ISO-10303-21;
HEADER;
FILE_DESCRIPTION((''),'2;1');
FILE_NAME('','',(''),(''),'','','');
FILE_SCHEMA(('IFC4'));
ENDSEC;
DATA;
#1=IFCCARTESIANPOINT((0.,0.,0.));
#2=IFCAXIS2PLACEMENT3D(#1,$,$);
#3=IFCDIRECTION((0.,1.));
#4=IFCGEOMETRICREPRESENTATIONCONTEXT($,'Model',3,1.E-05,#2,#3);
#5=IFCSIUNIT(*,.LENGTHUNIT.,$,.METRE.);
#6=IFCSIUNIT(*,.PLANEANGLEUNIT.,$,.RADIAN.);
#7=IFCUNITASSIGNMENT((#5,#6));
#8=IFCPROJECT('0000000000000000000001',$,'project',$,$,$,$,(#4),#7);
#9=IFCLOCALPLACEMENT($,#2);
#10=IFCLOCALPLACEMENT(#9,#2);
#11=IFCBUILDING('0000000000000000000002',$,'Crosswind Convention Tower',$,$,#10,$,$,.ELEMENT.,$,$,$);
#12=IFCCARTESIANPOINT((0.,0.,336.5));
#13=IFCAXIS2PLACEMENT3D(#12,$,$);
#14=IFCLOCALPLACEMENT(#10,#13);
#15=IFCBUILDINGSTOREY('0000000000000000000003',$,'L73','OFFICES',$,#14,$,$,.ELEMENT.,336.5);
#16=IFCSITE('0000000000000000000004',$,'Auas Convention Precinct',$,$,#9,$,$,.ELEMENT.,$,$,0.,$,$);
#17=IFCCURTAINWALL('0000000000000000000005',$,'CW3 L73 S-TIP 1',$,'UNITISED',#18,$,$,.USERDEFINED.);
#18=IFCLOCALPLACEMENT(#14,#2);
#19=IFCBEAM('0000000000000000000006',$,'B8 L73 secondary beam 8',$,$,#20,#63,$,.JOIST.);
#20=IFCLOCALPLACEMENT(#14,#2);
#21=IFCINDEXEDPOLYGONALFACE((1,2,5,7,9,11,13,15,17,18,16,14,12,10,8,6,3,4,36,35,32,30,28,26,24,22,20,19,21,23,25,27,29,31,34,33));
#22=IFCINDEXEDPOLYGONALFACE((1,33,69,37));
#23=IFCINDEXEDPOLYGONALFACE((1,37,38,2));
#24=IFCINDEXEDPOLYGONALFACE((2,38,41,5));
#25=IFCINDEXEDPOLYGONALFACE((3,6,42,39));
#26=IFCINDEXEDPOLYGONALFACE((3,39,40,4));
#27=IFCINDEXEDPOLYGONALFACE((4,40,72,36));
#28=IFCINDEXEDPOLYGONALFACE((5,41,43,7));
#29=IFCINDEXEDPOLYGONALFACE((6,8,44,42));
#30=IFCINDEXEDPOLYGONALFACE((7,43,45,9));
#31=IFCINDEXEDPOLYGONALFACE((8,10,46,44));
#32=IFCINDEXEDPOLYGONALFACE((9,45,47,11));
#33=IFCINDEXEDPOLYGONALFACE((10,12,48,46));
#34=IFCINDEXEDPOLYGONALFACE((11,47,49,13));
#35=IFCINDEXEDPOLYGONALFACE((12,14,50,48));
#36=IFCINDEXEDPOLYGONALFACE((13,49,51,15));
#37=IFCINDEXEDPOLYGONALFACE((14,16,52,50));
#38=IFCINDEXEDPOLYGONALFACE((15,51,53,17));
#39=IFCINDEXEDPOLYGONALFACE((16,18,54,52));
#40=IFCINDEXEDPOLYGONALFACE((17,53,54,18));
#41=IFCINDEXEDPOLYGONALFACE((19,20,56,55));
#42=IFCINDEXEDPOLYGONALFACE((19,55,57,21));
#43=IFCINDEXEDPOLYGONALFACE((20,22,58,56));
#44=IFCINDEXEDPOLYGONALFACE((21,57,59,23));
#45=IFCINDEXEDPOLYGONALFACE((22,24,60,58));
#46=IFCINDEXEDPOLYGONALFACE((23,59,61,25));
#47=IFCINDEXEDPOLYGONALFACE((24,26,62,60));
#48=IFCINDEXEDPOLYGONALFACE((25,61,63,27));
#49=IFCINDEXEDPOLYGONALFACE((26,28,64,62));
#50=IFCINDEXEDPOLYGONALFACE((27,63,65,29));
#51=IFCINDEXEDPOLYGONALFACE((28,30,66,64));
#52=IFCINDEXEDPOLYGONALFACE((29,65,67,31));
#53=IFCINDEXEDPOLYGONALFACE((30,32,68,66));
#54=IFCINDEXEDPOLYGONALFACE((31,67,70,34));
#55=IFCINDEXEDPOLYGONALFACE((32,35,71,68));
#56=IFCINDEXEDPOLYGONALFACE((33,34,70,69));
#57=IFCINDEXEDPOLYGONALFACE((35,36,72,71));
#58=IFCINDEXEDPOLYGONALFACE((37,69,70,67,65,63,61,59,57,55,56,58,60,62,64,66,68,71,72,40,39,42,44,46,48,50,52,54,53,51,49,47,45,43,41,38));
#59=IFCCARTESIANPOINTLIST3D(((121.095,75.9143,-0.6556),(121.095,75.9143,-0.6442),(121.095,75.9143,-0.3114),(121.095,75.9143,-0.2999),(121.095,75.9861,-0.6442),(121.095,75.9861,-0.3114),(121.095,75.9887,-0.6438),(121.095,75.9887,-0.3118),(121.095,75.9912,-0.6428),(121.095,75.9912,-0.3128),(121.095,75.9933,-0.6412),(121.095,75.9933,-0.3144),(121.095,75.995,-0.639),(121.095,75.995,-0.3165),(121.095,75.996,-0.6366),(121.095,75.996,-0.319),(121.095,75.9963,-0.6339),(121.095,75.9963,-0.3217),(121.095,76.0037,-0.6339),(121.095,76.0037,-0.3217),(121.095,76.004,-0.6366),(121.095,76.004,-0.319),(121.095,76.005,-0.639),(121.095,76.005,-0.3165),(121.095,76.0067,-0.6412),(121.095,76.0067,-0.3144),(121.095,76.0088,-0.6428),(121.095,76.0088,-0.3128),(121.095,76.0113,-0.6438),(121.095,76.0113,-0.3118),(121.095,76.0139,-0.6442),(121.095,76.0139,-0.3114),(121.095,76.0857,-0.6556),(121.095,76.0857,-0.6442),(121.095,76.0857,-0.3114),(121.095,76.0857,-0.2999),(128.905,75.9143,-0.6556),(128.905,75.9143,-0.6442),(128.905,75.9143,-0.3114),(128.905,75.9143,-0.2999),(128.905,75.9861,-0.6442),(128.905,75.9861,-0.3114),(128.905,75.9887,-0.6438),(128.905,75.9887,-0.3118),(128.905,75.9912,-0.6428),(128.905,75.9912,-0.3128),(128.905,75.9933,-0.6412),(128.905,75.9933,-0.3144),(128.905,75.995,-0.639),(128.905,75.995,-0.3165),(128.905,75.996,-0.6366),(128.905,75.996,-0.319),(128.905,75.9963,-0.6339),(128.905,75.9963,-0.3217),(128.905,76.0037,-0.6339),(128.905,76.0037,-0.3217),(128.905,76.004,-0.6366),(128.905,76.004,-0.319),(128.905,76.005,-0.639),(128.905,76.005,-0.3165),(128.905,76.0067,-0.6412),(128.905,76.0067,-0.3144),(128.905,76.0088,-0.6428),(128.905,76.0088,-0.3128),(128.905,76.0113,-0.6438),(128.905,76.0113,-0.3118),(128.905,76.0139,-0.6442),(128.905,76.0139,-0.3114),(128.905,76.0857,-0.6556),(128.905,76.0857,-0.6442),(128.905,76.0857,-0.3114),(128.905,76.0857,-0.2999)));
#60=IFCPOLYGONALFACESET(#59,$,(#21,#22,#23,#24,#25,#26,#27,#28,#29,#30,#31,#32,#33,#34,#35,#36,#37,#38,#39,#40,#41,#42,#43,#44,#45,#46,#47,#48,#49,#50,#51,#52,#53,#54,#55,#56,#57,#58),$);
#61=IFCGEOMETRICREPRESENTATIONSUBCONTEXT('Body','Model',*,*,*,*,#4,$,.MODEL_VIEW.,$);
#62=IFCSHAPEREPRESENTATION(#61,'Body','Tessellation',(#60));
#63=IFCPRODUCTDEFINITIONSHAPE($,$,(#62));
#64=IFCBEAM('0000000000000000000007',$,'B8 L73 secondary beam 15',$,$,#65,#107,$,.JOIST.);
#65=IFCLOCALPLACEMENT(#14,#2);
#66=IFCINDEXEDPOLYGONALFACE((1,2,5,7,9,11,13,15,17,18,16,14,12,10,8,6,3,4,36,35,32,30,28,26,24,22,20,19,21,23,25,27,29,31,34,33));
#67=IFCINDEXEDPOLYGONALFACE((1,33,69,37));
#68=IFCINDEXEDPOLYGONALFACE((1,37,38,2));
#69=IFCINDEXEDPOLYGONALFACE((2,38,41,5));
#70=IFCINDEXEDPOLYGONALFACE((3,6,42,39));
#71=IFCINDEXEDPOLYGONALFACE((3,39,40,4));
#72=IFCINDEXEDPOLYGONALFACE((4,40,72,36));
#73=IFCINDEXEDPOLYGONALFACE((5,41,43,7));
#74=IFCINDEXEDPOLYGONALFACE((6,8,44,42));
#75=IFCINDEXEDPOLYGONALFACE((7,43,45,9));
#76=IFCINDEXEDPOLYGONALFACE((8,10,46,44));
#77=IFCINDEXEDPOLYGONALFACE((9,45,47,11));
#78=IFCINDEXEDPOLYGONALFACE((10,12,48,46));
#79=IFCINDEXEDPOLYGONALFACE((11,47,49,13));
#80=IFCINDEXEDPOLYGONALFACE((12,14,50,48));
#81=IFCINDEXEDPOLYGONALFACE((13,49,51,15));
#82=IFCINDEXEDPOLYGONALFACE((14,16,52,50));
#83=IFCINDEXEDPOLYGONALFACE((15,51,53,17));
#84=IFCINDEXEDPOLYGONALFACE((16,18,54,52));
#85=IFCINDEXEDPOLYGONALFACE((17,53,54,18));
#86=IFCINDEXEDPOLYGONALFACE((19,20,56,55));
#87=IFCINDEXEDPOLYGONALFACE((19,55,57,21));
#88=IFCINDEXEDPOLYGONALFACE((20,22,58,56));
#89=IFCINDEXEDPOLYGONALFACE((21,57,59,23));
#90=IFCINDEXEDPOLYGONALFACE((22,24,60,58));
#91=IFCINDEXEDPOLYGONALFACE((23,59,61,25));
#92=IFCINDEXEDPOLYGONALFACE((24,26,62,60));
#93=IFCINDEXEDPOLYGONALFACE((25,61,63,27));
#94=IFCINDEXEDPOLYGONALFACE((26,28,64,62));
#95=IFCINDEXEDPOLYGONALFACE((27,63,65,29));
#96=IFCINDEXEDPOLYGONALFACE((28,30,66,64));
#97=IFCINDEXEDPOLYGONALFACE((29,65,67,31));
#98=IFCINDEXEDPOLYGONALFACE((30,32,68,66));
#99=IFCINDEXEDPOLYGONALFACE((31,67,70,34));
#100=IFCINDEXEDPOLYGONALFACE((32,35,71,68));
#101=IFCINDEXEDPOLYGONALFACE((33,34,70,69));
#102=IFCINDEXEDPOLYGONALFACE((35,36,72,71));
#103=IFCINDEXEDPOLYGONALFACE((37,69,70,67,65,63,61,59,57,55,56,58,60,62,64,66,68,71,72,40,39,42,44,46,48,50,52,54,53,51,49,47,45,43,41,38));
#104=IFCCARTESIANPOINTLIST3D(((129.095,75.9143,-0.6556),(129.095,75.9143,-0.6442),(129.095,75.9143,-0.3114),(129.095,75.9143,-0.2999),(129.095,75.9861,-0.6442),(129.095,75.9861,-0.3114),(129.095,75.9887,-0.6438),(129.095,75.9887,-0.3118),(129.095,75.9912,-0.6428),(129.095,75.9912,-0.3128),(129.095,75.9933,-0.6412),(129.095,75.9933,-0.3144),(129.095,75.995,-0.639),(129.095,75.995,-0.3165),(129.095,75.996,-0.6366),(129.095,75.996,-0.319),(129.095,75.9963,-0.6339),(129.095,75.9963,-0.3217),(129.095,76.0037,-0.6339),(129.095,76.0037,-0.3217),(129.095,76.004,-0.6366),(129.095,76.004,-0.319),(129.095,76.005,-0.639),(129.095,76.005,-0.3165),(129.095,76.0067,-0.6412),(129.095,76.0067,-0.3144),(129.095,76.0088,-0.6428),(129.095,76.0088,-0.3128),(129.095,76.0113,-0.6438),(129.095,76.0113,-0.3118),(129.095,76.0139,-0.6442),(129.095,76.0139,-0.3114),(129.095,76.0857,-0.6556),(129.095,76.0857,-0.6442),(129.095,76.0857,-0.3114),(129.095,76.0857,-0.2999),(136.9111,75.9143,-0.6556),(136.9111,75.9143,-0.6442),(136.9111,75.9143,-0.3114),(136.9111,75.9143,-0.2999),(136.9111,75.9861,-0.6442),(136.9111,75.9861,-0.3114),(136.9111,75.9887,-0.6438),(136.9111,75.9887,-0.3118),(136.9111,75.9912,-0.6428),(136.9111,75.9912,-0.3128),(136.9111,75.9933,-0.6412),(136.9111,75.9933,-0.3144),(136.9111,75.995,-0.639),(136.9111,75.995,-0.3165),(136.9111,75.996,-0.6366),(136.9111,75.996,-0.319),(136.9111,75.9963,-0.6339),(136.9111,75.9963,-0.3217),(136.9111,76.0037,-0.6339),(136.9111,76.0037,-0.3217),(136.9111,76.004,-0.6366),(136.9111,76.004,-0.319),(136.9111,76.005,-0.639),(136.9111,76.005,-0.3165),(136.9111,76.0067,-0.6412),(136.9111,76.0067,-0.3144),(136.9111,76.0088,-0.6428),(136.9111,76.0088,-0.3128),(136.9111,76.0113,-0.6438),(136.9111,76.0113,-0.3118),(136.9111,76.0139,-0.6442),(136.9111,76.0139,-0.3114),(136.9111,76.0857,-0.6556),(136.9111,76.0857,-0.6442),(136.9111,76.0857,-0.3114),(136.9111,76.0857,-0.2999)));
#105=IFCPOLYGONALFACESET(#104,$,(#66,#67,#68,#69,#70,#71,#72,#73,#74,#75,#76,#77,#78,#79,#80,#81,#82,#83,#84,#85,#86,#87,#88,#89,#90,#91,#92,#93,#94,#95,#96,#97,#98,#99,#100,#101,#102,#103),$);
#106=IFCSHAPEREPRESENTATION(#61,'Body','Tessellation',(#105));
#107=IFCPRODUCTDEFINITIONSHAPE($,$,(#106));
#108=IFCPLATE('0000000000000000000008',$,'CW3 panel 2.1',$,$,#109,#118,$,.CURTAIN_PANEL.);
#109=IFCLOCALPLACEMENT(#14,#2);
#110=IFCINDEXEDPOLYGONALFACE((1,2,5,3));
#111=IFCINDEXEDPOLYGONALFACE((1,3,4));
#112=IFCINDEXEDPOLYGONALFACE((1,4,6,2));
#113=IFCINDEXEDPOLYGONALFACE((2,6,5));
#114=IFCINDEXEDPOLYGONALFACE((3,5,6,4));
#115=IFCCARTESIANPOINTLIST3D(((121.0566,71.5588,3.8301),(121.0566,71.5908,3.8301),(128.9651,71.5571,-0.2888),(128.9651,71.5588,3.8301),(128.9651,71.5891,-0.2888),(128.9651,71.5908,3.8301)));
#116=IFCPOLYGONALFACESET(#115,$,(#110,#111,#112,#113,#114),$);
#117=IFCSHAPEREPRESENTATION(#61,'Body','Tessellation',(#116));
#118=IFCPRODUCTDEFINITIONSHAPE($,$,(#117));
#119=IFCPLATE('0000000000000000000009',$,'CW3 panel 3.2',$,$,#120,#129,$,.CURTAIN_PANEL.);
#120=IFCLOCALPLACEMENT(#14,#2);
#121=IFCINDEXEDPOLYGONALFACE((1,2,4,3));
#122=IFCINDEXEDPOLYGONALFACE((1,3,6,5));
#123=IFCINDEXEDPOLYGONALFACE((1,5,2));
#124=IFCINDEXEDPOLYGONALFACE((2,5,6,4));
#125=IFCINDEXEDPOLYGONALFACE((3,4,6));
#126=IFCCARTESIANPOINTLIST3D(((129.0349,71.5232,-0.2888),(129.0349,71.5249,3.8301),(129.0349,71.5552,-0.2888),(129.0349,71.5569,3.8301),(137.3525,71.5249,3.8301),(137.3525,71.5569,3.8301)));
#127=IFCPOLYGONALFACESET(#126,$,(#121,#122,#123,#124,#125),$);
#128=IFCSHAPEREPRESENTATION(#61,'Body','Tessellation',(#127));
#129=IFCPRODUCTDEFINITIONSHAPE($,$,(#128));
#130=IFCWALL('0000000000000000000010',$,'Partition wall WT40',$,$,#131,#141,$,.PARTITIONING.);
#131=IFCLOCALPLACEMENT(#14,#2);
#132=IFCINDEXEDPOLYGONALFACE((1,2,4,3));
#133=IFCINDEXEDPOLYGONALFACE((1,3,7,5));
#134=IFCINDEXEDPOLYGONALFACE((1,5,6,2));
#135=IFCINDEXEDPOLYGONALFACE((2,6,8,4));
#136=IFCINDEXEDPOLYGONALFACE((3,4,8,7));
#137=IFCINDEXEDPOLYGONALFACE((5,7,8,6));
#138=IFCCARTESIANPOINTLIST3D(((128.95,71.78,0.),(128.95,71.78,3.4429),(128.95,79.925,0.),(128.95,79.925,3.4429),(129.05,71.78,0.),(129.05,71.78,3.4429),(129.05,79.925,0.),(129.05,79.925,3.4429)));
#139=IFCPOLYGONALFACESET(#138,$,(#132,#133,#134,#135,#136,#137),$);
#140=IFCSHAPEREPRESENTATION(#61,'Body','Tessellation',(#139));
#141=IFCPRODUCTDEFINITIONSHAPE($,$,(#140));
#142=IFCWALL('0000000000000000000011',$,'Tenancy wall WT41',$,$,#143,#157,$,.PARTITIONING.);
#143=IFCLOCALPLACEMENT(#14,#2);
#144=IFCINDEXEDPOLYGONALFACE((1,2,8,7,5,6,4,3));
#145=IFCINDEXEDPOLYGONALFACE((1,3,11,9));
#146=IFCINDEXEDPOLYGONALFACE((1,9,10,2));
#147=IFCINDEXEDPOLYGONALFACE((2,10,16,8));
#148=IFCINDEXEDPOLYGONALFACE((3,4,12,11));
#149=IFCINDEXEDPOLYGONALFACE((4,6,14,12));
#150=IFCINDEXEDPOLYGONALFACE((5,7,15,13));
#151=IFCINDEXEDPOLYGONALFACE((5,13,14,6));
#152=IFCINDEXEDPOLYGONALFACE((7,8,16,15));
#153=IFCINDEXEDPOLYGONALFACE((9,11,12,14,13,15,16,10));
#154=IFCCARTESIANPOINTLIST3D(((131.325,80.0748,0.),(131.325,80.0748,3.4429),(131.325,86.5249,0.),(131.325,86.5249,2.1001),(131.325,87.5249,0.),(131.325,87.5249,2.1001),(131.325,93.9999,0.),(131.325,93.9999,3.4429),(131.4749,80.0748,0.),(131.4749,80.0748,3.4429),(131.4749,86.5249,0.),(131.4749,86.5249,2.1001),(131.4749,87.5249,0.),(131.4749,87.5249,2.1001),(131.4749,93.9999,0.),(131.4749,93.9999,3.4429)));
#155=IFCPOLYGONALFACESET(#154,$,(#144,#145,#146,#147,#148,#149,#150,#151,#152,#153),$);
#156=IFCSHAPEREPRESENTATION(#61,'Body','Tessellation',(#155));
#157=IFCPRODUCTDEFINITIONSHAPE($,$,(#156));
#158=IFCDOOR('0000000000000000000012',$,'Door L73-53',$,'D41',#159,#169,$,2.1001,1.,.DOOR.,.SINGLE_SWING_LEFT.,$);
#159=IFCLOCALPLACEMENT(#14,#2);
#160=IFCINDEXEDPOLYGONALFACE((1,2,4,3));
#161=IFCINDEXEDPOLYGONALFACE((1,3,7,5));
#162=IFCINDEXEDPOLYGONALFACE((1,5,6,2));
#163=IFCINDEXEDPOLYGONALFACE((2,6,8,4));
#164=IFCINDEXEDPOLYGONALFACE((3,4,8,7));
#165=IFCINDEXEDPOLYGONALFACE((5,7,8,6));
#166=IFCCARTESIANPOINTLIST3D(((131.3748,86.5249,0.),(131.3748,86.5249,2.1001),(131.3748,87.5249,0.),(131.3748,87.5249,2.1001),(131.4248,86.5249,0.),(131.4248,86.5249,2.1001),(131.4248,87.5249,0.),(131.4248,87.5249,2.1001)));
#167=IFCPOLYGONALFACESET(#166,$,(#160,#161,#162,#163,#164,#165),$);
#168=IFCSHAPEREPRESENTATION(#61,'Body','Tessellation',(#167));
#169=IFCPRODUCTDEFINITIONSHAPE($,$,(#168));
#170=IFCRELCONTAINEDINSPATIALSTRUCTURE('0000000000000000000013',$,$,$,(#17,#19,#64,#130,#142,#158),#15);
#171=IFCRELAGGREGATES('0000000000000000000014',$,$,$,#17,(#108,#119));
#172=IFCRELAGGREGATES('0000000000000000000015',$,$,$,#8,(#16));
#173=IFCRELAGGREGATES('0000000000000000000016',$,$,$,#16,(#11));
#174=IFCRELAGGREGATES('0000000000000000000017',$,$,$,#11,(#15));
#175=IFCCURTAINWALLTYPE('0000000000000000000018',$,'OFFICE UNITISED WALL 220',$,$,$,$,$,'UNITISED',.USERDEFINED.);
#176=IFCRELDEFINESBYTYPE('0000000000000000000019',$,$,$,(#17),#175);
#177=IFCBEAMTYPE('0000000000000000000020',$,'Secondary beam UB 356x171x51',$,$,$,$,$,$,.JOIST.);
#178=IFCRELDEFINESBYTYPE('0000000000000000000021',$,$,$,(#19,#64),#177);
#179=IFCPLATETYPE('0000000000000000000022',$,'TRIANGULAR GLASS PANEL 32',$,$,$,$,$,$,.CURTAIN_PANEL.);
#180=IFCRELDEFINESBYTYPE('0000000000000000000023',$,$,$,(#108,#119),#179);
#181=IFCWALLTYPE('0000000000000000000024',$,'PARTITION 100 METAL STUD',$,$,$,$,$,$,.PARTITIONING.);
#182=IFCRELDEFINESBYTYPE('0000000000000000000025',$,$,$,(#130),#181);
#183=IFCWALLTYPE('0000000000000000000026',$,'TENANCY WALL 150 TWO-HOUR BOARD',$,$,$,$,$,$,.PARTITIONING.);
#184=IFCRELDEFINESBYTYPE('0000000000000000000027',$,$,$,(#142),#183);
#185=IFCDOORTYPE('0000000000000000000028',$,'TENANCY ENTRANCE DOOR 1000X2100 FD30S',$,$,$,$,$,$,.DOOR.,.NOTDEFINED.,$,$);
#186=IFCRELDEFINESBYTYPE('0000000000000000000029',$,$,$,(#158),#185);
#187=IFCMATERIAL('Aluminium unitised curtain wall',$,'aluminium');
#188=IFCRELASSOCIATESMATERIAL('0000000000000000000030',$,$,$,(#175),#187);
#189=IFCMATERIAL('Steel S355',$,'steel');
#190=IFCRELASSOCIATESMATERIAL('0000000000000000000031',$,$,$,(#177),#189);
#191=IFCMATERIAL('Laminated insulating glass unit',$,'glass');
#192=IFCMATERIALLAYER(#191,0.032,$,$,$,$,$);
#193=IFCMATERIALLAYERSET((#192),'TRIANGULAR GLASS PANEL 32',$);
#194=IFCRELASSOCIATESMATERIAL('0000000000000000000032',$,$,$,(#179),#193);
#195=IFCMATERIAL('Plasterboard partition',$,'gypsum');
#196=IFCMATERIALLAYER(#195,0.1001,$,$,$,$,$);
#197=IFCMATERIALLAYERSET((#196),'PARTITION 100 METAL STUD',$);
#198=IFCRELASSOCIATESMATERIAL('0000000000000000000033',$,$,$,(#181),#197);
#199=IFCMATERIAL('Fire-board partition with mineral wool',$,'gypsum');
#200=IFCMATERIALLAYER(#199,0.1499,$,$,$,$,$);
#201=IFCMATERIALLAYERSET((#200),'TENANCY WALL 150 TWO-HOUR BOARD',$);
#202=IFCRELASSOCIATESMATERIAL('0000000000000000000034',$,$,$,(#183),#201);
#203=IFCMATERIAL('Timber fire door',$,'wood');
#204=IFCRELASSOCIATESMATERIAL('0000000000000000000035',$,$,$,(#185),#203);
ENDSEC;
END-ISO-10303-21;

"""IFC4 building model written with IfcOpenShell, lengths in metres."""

from ifc_helpers import new_model, si_unit, direction, frame, frame_2d, origin, origin_2d, place, context, subcontext, project, spatial, polyline, rectangle, i_section, outline, extrude, material, layer, layer_set, material_profile, profile_set, type_object, element, fill, aggregate, save


model = new_model("IFC4")

# Units and contexts
model_context = context("Model", 3, precision=1e-05, world=origin(), true_north=direction((0.0, 1.0)))
body_context = subcontext(model_context, "Body", "Model", "MODEL_VIEW")
ifc_project = project(units=[si_unit("LENGTHUNIT", "METRE"), si_unit("PLANEANGLEUNIT", "RADIAN")], contexts=[model_context])

# Site, building, storey
site_placement = place(None, origin())
site = spatial("IfcSite", under=ifc_project, at=site_placement, Name="Auas Convention Precinct", CompositionType="ELEMENT", RefElevation=0.0)
building_placement = place(site_placement, origin())
building = spatial("IfcBuilding", under=site, at=building_placement, Name="Crosswind Convention Tower", CompositionType="ELEMENT")
storey_placement = place(building_placement, frame((0.0, 0.0, 336.5)))
storey = spatial("IfcBuildingStorey", under=building, at=storey_placement, Name="L73", Description="OFFICES", CompositionType="ELEMENT", Elevation=336.5)

# Shared definitions
ifc_material_1 = material(Name="Steel S355", Category="steel")

# Curtain wall
ifc_material_2 = material(Name="Aluminium unitised curtain wall", Category="aluminium")
curtain_wall_type = type_object("IfcCurtainWallType", Name="OFFICE UNITISED WALL 220", ElementType="UNITISED", PredefinedType="USERDEFINED", material=ifc_material_2)
curtain_wall_placement = place(storey_placement, origin())
curtain_wall = element("IfcCurtainWall", 1, at=curtain_wall_placement, inside=storey, type_object=curtain_wall_type, Name="CW3 L73 S-TIP 1", ObjectType="UNITISED", PredefinedType="USERDEFINED")

# Beams
ifc_material_profile_1 = material_profile(ifc_material_1, i_section(OverallWidth=0.1714, OverallDepth=0.3557, WebThickness=0.0073, FlangeThickness=0.0115, FilletRadius=0.0103, at=origin_2d()), Name="UB 356x171x51")
ifc_profile_set_1 = profile_set([ifc_material_profile_1], Name="Steel S355")
beam_type_1 = type_object("IfcBeamType", Name="Secondary beam UB 356x171x51", PredefinedType="JOIST", material=ifc_profile_set_1)
beam_1_placement = place(storey_placement, frame((121.095, 76.0, -0.4778), z_axis=(1.0, 0.0, 0.0), x_axis=(0.0, 1.0, 0.0)))
element("IfcBeam", 2, at=beam_1_placement, inside=storey, type_object=beam_type_1, Name="B8 L73 secondary beam 8", PredefinedType="JOIST", context=body_context, shape_type="SweptSolid", body=[
    extrude(i_section(OverallWidth=0.1714, OverallDepth=0.3557, WebThickness=0.0073, FlangeThickness=0.0115, FilletRadius=0.0103, at=origin_2d()), origin(), (0.0, 0.0, 1.0), 7.8101),
])
beam_2_placement = place(storey_placement, frame((129.095, 76.0, -0.4778), z_axis=(1.0, 0.0, 0.0), x_axis=(0.0, 1.0, 0.0)))
element("IfcBeam", 3, at=beam_2_placement, inside=storey, type_object=beam_type_1, Name="B8 L73 secondary beam 15", PredefinedType="JOIST", context=body_context, shape_type="SweptSolid", body=[
    extrude(i_section(OverallWidth=0.1714, OverallDepth=0.3557, WebThickness=0.0073, FlangeThickness=0.0115, FilletRadius=0.0103, at=origin_2d()), origin(), (0.0, 0.0, 1.0), 7.8162),
])

# Plates
ifc_material_3 = material(Name="Laminated insulating glass unit", Category="glass")
ifc_layer_1 = layer(ifc_material_3, 0.032)
ifc_layer_set_1 = layer_set([ifc_layer_1], Name="TRIANGULAR GLASS PANEL 32")
plate_type = type_object("IfcPlateType", Name="TRIANGULAR GLASS PANEL 32", PredefinedType="CURTAIN_PANEL", material=ifc_layer_set_1)
plate_1_placement = place(storey_placement, frame((128.9651, 71.5588, 3.8301), z_axis=(0.0, -1.0, 0.000415), x_axis=(-1.0, 0.0, 0.0)))
plate_1 = element("IfcPlate", 4, at=plate_1_placement, type_object=plate_type, Name="CW3 panel 2.1", PredefinedType="CURTAIN_PANEL", context=body_context, shape_type="SweptSolid", body=[
    extrude(outline(polyline([(0.0, 0.0), (7.9084, 0.0), (0.0, 4.1189), (0.0, 0.0)])), origin(), (0.0, 0.0, -1.0), 0.032),
])
plate_2_placement = place(storey_placement, frame((129.0349, 71.5249, 3.8301), z_axis=(0.0, -1.0, 0.000415), x_axis=(0.0, -0.000415, -1.0)))
plate_2 = element("IfcPlate", 5, at=plate_2_placement, type_object=plate_type, Name="CW3 panel 3.2", PredefinedType="CURTAIN_PANEL", context=body_context, shape_type="SweptSolid", body=[
    extrude(outline(polyline([(0.0, 0.0), (4.1189, 0.0), (0.0, 8.3176), (0.0, 0.0)])), origin(), (0.0, 0.0, -1.0), 0.032),
])
aggregate(curtain_wall, [plate_1, plate_2])

# Wall
ifc_material_4 = material(Name="Plasterboard partition", Category="gypsum")
ifc_layer_2 = layer(ifc_material_4, 0.1001)
ifc_layer_set_2 = layer_set([ifc_layer_2], Name="PARTITION 100 METAL STUD")
wall_type_1 = type_object("IfcWallType", Name="PARTITION 100 METAL STUD", PredefinedType="PARTITIONING", material=ifc_layer_set_2)
wall_1_placement = place(storey_placement, frame((129.0, 71.78, 0.0), z_axis=(0.0, 0.0, 1.0), x_axis=(0.0, 1.0, 0.0)))
element("IfcWall", 6, at=wall_1_placement, inside=storey, type_object=wall_type_1, Name="Partition wall WT40", PredefinedType="PARTITIONING", context=body_context, shape_type="SweptSolid", body=[
    extrude(rectangle(XDim=8.145, YDim=0.1001, at=frame_2d((4.0725, 0.0))), origin(), (0.0, 0.0, 1.0), 3.4429),
])

# Wall, opening, door
ifc_material_5 = material(Name="Fire-board partition with mineral wool", Category="gypsum")
ifc_layer_3 = layer(ifc_material_5, 0.1499)
ifc_layer_set_3 = layer_set([ifc_layer_3], Name="TENANCY WALL 150 TWO-HOUR BOARD")
wall_type_2 = type_object("IfcWallType", Name="TENANCY WALL 150 TWO-HOUR BOARD", PredefinedType="PARTITIONING", material=ifc_layer_set_3)
wall_2_placement = place(storey_placement, frame((131.3999, 80.075, 0.0), z_axis=(0.0, 0.0, 1.0), x_axis=(0.0, 1.0, 0.0)))
wall_2 = element("IfcWall", 7, at=wall_2_placement, inside=storey, type_object=wall_type_2, Name="Tenancy wall WT41", PredefinedType="PARTITIONING", context=body_context, shape_type="SweptSolid", body=[
    extrude(rectangle(XDim=13.925, YDim=0.1499, at=frame_2d((6.9624, 0.0))), origin(), (0.0, 0.0, 1.0), 3.4429),
])
opening_placement = place(wall_2_placement, frame((6.45, 0.0, 0.0)))
opening = element("IfcOpeningElement", 8, at=opening_placement, cuts=wall_2, PredefinedType="OPENING", context=body_context, shape_type="SweptSolid", body=[
    extrude(rectangle(XDim=1.0, YDim=2.1001, at=frame_2d((0.5, 1.05))), frame((0.0, 0.085, 0.0), z_axis=(0.0, -1.0, 0.0), x_axis=(1.0, 0.0, 0.0)), (0.0, 0.0, 1.0), 0.1699),
])
ifc_material_6 = material(Name="Timber fire door", Category="wood")
door_type = type_object("IfcDoorType", Name="TENANCY ENTRANCE DOOR 1000X2100 FD30S", OperationType="NOTDEFINED", PredefinedType="DOOR", material=ifc_material_6)
door_placement = place(opening_placement, frame((1.0, 0.0, 0.0), z_axis=(0.0, 0.0, 1.0), x_axis=(-1.0, 0.0, 0.0)))
door = element("IfcDoor", 9, at=door_placement, inside=storey, type_object=door_type, Name="Door L73-53", ObjectType="D41", OperationType="SINGLE_SWING_LEFT", OverallHeight=2.1001, OverallWidth=1.0, PredefinedType="DOOR", context=body_context, shape_type="SweptSolid", body=[
    extrude(rectangle(XDim=1.0, YDim=2.1001, at=frame_2d((0.5, 1.05))), frame((0.0, 0.0249, 0.0), z_axis=(0.0, -1.0, 0.0), x_axis=(1.0, 0.0, 0.0)), (0.0, 0.0, 1.0), 0.05),
])
fill(opening, door)

save(model, "model.ifc")
